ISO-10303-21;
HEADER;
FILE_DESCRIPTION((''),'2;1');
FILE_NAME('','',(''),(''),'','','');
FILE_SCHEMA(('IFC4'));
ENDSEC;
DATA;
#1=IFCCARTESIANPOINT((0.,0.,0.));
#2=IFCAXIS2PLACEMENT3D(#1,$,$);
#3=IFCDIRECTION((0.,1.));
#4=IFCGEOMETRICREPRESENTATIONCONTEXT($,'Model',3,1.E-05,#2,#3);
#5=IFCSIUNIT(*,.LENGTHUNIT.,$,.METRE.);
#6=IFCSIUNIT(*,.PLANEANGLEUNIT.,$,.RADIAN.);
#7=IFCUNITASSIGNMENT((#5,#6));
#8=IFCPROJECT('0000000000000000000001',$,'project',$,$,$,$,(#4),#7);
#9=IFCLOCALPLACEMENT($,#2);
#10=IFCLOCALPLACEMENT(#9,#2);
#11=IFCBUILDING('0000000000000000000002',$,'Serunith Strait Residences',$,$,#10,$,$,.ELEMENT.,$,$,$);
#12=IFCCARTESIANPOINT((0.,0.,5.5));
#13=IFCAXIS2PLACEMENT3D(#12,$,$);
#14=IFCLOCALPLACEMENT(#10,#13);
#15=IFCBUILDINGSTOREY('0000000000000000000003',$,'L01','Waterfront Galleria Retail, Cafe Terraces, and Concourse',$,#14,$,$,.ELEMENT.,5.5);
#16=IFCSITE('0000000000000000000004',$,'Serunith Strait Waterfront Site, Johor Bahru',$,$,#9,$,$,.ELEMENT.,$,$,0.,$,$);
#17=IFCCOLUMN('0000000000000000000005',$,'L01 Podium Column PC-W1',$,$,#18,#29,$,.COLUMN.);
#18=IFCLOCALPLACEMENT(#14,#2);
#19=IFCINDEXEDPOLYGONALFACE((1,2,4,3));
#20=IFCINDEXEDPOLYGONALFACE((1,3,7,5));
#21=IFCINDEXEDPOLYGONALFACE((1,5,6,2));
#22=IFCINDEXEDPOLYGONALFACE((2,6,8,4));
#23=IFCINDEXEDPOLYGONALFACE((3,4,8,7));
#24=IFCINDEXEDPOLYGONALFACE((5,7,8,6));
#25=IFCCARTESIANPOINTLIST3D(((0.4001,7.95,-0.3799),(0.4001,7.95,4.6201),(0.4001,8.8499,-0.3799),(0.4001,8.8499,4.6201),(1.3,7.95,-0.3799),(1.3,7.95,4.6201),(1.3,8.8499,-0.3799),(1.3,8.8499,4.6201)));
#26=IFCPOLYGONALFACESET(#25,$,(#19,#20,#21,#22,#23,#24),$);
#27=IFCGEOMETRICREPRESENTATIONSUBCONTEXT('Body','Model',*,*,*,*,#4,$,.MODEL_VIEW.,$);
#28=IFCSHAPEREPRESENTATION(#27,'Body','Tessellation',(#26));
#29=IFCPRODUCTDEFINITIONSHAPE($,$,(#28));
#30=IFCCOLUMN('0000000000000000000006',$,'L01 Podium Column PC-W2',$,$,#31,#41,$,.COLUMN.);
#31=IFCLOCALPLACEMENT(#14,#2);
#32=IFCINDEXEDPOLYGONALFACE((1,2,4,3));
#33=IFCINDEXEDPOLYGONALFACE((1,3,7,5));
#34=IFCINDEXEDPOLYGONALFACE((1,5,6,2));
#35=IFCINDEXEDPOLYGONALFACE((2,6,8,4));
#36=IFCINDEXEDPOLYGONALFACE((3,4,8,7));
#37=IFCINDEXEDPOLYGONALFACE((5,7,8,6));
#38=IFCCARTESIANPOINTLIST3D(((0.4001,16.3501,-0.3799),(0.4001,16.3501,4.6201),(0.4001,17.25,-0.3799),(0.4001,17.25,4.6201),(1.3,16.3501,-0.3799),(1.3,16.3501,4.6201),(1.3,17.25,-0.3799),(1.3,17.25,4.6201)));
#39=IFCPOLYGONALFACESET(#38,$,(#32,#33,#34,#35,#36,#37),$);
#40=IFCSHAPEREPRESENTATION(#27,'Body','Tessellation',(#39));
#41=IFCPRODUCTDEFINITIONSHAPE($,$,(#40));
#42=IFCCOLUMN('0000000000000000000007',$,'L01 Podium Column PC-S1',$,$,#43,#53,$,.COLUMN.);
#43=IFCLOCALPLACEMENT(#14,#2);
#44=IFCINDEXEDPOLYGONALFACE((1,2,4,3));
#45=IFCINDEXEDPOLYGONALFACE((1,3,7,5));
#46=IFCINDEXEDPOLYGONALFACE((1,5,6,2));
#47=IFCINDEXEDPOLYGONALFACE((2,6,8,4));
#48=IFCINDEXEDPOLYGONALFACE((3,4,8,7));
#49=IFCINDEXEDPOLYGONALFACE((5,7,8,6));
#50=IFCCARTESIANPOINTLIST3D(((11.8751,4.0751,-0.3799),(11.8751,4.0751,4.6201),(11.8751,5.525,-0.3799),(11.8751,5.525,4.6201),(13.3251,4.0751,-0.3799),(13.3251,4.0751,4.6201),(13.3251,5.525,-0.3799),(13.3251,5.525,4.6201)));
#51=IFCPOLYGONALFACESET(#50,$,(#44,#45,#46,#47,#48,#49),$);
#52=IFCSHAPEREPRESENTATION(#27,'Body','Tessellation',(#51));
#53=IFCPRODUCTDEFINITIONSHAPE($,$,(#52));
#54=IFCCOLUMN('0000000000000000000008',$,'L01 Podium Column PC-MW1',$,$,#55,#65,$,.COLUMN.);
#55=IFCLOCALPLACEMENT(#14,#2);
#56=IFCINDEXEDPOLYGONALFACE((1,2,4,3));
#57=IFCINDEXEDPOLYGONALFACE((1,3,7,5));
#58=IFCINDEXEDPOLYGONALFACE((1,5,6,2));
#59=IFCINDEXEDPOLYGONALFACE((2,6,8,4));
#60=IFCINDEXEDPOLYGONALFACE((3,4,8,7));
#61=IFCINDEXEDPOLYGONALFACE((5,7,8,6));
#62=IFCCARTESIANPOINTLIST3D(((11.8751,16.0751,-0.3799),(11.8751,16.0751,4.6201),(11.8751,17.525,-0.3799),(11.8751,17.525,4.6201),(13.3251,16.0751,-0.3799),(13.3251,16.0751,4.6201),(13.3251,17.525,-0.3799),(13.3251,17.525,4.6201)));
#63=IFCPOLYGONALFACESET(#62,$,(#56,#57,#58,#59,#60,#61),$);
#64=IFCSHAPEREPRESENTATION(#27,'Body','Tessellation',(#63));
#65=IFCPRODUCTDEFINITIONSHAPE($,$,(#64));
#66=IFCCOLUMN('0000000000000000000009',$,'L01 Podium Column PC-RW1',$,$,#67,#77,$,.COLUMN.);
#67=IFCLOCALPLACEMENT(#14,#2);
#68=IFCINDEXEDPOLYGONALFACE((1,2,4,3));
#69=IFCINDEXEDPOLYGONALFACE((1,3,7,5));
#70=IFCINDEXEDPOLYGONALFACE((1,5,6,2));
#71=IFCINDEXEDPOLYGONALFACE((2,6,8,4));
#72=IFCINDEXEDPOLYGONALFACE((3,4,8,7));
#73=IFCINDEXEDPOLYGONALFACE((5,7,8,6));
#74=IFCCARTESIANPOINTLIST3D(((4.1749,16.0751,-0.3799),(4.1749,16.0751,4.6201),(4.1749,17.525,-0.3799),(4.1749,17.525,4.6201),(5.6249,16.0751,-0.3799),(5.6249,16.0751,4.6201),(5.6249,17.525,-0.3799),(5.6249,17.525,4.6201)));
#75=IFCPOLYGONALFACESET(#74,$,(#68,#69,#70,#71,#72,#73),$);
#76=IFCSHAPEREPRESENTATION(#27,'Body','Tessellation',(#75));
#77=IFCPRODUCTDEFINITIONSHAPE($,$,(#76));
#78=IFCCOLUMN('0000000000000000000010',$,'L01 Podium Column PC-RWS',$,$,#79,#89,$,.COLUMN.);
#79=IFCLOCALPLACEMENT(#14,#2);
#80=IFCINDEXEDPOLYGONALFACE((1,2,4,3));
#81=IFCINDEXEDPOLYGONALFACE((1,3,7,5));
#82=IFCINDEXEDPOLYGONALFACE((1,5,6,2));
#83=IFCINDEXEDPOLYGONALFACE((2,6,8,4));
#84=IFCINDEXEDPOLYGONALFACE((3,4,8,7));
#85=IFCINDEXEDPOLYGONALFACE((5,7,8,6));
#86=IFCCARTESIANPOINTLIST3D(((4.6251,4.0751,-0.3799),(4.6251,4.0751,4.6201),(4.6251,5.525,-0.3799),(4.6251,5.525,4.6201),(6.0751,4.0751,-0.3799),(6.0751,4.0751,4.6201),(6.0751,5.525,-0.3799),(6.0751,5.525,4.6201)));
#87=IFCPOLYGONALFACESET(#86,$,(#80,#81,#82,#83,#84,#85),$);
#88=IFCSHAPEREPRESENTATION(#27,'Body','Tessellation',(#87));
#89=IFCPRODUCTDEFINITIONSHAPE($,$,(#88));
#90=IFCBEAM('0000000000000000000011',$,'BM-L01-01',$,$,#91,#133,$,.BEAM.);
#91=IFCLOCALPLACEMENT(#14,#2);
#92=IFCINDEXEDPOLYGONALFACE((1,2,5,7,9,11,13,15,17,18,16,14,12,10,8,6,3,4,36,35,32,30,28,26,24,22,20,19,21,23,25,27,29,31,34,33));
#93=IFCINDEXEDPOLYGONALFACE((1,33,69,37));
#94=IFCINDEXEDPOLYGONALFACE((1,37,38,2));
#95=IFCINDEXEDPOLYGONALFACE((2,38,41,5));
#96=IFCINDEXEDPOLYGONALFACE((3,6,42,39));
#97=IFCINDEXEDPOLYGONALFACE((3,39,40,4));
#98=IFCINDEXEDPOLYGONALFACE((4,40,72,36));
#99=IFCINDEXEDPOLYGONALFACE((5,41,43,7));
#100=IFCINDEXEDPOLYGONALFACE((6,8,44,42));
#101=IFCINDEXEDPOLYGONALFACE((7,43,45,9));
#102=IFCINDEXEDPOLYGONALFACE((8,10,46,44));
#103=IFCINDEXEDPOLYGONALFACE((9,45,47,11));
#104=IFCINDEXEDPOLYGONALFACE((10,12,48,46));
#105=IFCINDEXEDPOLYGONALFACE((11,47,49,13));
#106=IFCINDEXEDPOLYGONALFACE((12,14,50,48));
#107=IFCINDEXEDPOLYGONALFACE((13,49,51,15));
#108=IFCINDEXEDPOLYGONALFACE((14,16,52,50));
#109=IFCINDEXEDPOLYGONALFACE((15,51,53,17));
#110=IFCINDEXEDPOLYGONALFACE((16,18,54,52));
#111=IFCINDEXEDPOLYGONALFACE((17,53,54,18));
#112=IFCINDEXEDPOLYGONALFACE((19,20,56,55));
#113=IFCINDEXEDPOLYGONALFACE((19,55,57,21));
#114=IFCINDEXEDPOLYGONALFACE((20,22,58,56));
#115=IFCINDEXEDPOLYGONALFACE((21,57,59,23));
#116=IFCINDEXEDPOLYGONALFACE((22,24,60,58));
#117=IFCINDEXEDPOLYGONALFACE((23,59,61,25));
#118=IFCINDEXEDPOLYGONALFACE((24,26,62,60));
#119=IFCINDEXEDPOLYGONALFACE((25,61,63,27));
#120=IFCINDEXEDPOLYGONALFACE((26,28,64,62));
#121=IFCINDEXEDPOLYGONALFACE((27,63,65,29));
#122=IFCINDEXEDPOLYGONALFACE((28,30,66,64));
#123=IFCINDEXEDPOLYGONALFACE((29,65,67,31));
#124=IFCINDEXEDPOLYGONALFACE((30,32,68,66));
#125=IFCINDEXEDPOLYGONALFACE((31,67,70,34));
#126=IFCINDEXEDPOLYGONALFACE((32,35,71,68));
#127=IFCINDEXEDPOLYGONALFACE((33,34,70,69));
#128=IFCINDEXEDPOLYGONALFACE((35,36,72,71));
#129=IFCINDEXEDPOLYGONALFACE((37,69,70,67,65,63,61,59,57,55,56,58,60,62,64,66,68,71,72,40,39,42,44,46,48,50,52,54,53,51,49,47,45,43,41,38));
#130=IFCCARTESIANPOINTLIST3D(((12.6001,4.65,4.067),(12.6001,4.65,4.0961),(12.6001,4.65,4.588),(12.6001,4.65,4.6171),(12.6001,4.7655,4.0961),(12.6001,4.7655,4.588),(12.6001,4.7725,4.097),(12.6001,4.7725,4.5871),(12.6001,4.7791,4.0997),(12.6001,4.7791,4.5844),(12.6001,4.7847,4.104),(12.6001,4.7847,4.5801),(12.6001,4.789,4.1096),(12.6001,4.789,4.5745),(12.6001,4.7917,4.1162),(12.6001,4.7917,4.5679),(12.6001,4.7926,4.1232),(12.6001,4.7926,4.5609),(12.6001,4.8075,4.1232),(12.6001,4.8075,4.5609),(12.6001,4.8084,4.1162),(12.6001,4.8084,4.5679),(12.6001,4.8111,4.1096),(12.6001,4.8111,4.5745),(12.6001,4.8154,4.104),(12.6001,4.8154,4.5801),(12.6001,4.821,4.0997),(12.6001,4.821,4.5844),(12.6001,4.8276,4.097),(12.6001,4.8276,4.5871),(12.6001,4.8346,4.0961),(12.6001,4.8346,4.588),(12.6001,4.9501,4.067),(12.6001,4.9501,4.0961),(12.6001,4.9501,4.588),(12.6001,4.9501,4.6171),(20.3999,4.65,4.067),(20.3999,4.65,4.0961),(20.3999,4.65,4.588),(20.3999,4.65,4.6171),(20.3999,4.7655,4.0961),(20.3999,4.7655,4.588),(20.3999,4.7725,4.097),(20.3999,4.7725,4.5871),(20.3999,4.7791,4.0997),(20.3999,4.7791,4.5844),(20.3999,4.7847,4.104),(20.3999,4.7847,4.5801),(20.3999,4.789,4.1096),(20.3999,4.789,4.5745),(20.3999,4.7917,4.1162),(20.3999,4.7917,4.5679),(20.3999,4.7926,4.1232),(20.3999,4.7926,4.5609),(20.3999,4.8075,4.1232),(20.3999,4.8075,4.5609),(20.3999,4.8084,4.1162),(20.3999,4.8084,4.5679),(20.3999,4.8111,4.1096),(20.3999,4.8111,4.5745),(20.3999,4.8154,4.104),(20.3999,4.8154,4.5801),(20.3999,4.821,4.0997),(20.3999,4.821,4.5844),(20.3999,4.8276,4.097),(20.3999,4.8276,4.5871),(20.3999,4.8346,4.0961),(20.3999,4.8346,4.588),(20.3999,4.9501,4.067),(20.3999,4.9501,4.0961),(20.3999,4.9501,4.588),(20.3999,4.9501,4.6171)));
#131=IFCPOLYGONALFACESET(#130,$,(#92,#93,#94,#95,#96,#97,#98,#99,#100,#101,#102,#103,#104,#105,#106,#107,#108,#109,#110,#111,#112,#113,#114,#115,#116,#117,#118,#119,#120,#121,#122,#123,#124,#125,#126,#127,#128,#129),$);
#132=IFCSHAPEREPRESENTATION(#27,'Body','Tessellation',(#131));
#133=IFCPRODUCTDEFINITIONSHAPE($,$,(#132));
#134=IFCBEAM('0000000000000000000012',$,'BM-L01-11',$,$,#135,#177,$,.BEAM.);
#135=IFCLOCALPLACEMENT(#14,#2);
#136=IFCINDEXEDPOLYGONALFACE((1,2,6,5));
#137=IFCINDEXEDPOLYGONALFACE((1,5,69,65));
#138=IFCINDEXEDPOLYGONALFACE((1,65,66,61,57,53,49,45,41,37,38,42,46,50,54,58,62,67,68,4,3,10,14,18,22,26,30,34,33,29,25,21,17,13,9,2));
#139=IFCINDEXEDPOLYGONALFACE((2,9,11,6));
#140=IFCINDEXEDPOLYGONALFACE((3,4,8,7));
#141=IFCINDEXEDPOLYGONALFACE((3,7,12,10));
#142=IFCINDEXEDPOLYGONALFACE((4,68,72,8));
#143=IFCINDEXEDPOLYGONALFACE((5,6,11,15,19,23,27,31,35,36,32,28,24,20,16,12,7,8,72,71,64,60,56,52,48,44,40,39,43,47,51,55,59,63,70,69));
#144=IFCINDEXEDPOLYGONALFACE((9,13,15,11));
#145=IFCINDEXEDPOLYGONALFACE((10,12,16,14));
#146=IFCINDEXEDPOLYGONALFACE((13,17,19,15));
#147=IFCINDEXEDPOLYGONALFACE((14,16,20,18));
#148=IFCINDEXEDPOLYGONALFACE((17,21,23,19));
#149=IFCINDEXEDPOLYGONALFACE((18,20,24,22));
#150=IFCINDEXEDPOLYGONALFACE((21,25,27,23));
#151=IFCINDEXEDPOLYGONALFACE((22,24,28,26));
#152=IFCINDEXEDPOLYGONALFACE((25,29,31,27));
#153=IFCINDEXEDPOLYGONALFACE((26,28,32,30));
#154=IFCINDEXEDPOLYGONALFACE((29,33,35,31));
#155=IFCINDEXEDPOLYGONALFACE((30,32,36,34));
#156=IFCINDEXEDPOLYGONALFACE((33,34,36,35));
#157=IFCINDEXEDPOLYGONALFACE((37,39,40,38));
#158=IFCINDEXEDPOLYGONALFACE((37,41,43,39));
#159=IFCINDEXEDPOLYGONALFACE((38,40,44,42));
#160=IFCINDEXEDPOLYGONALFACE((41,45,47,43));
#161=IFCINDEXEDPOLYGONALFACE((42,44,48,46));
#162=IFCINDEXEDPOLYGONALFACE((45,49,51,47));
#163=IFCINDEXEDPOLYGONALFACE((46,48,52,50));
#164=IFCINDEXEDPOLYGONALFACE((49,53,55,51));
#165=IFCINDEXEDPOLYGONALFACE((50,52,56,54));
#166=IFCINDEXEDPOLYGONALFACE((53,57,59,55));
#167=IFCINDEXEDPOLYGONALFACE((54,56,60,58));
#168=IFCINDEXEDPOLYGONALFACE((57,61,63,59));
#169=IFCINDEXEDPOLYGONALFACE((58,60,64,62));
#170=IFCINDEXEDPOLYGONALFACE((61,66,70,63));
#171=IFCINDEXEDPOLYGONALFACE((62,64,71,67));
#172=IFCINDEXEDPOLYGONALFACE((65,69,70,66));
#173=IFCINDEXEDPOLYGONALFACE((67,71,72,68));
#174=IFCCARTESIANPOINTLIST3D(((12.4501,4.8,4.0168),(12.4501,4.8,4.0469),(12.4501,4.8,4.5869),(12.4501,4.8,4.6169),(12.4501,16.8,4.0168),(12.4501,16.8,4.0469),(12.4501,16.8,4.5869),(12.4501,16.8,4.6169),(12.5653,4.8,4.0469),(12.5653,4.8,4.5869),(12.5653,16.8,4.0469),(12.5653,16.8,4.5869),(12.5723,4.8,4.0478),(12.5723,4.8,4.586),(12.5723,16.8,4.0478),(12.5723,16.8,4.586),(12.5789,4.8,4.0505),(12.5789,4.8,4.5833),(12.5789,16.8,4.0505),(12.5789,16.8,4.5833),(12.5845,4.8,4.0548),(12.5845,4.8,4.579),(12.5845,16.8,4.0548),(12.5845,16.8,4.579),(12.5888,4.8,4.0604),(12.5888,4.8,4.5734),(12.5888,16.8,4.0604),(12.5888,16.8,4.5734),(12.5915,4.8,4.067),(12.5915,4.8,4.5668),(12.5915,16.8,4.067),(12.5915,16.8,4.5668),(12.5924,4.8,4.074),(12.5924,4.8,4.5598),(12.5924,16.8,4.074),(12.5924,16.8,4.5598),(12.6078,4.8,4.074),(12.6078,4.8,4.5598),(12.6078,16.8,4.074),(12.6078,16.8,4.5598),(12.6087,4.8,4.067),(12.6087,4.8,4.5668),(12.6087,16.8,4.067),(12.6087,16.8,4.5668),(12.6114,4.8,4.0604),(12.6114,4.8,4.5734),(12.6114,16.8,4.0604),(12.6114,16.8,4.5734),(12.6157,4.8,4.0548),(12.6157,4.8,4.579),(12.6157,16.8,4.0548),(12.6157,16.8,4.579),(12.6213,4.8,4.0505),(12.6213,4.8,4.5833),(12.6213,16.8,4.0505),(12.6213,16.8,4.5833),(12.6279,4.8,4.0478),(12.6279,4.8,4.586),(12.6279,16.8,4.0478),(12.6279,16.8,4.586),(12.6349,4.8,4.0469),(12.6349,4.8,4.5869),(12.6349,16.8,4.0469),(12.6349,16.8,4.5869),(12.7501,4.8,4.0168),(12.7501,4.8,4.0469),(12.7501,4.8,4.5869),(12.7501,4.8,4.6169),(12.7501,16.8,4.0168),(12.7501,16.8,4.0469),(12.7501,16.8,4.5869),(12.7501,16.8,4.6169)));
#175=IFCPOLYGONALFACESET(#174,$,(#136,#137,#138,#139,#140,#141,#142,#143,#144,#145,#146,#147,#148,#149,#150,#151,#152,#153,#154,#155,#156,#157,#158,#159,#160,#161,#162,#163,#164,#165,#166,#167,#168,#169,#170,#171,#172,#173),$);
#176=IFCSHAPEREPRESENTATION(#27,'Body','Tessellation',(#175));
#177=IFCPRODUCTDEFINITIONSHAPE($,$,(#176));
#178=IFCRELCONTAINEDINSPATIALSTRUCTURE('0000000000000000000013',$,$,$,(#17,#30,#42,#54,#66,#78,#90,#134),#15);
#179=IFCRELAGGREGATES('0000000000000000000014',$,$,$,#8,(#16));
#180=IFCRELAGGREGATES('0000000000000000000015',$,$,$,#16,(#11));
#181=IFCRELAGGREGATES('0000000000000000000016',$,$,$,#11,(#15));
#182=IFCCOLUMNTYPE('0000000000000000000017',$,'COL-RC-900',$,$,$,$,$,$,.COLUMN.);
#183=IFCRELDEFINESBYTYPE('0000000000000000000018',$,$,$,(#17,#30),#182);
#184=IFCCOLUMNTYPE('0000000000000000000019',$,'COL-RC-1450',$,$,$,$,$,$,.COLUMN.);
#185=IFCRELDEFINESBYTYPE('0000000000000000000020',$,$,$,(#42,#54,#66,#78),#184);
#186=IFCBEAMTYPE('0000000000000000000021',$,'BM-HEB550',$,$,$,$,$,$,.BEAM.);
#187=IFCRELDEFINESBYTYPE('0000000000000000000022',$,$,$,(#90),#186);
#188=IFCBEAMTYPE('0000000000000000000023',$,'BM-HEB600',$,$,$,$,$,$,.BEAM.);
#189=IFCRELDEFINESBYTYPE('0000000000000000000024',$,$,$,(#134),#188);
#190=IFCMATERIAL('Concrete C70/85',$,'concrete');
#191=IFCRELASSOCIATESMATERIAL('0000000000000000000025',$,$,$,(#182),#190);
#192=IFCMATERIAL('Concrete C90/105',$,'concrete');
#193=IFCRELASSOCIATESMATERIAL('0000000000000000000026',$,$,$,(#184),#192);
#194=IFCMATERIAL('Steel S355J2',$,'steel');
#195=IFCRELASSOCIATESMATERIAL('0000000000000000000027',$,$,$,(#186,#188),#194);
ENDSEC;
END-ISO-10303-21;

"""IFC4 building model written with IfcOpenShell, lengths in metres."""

from ifc_helpers import new_model, si_unit, direction, frame, origin, origin_2d, place, context, subcontext, project, spatial, rectangle, i_section, extrude, source, transform, mapped, material, material_profile, profile_set, type_object, element, save


model = new_model("IFC4")

# Units and contexts
model_context = context("Model", 3, precision=1e-05, world=origin(), true_north=direction((0.0, 1.0)))
body_context = subcontext(model_context, "Body", "Model", "MODEL_VIEW")
ifc_project = project(units=[si_unit("LENGTHUNIT", "METRE"), si_unit("PLANEANGLEUNIT", "RADIAN")], contexts=[model_context])

# Site, building, storey
site_placement = place(None, origin())
site = spatial("IfcSite", under=ifc_project, at=site_placement, Name="Serunith Strait Waterfront Site, Johor Bahru", CompositionType="ELEMENT", RefElevation=0.0)
building_placement = place(site_placement, origin())
building = spatial("IfcBuilding", under=site, at=building_placement, Name="Serunith Strait Residences", CompositionType="ELEMENT")
storey_placement = place(building_placement, frame((0.0, 0.0, 5.5)))
storey = spatial("IfcBuildingStorey", under=building, at=storey_placement, Name="L01", Description="Waterfront Galleria Retail, Cafe Terraces, and Concourse", CompositionType="ELEMENT", Elevation=5.5)

# Columns
ifc_material_1 = material(Name="Concrete C70/85", Category="concrete")
ifc_material_profile_1 = material_profile(ifc_material_1, rectangle(XDim=0.8999, YDim=0.8999, at=origin_2d()), Name="RC 900x900")
ifc_profile_set_1 = profile_set([ifc_material_profile_1], Name="Concrete C70/85")
column_type_1 = type_object("IfcColumnType", Name="COL-RC-900", PredefinedType="COLUMN", material=ifc_profile_set_1)
shared_shape_1 = source(origin(), body_context, "Body", "SweptSolid", [
    extrude(rectangle(XDim=0.8999, YDim=0.8999, at=origin_2d()), origin(), (0.0, 0.0, 1.0), 5.0),
])
for number, where, z_axis, x_axis, name in (
    (1, (0.8501, 8.3999, -0.3799), (0.0, 0.0, 1.0), (1.0, 0.0, 0.0), "L01 Podium Column PC-W1"),
    (2, (0.8501, 16.8, -0.3799), (0.0, 0.0, 1.0), (1.0, 0.0, 0.0), "L01 Podium Column PC-W2"),
):
    element("IfcColumn", number, at=place(storey_placement, frame(where, z_axis=z_axis, x_axis=x_axis)), inside=storey, type_object=column_type_1, Name=name, PredefinedType="COLUMN", context=body_context, shape_type="MappedRepresentation", body=[
        mapped(shared_shape_1, transform((0.0, 0.0, 0.0), scale=1.0)),
    ])
ifc_material_2 = material(Name="Concrete C90/105", Category="concrete")
ifc_material_profile_2 = material_profile(ifc_material_2, rectangle(XDim=1.45, YDim=1.45, at=origin_2d()), Name="RC 1450x1450")
ifc_profile_set_2 = profile_set([ifc_material_profile_2], Name="Concrete C90/105")
column_type_2 = type_object("IfcColumnType", Name="COL-RC-1450", PredefinedType="COLUMN", material=ifc_profile_set_2)
shared_shape_2 = source(origin(), body_context, "Body", "SweptSolid", [
    extrude(rectangle(XDim=1.45, YDim=1.45, at=origin_2d()), origin(), (0.0, 0.0, 1.0), 5.0),
])
for number, where, z_axis, x_axis, name in (
    (3, (12.6001, 4.8, -0.3799), (0.0, 0.0, 1.0), (1.0, 0.0, 0.0), "L01 Podium Column PC-S1"),
    (4, (12.6001, 16.8, -0.3799), (0.0, 0.0, 1.0), (1.0, 0.0, 0.0), "L01 Podium Column PC-MW1"),
    (5, (4.8999, 16.8, -0.3799), (0.0, 0.0, 1.0), (1.0, 0.0, 0.0), "L01 Podium Column PC-RW1"),
    (6, (5.3501, 4.8, -0.3799), (0.0, 0.0, 1.0), (1.0, 0.0, 0.0), "L01 Podium Column PC-RWS"),
):
    element("IfcColumn", number, at=place(storey_placement, frame(where, z_axis=z_axis, x_axis=x_axis)), inside=storey, type_object=column_type_2, Name=name, PredefinedType="COLUMN", context=body_context, shape_type="MappedRepresentation", body=[
        mapped(shared_shape_2, transform((0.0, 0.0, 0.0), scale=1.0)),
    ])

# Beams
ifc_material_3 = material(Name="Steel S355J2", Category="steel")
ifc_material_profile_3 = material_profile(ifc_material_3, i_section(OverallWidth=0.3, OverallDepth=0.55, WebThickness=0.0149, FlangeThickness=0.0291, FilletRadius=0.0271, at=origin_2d()), Name="HEB 550")
ifc_profile_set_3 = profile_set([ifc_material_profile_3], Name="Steel S355J2")
beam_type_1 = type_object("IfcBeamType", Name="BM-HEB550", PredefinedType="BEAM", material=ifc_profile_set_3)
shared_shape_3 = source(origin(), body_context, "Body", "SweptSolid", [
    extrude(i_section(OverallWidth=0.3, OverallDepth=0.55, WebThickness=0.0149, FlangeThickness=0.0291, FilletRadius=0.0271, at=origin_2d()), origin(), (0.0, 0.0, 1.0), 7.7998),
])
beam_1_placement = place(storey_placement, frame((12.6001, 4.8, 4.342), z_axis=(1.0, 0.0, 0.0), x_axis=(0.0, 1.0, 0.0)))
element("IfcBeam", 7, at=beam_1_placement, inside=storey, type_object=beam_type_1, Name="BM-L01-01", PredefinedType="BEAM", context=body_context, shape_type="MappedRepresentation", body=[
    mapped(shared_shape_3, transform((0.0, 0.0, 0.0), scale=1.0)),
])
ifc_material_profile_4 = material_profile(ifc_material_3, i_section(OverallWidth=0.3, OverallDepth=0.6001, WebThickness=0.0154, FlangeThickness=0.03, FilletRadius=0.0271, at=origin_2d()), Name="HEB 600")
ifc_profile_set_4 = profile_set([ifc_material_profile_4], Name="Steel S355J2")
beam_type_2 = type_object("IfcBeamType", Name="BM-HEB600", PredefinedType="BEAM", material=ifc_profile_set_4)
shared_shape_4 = source(origin(), body_context, "Body", "SweptSolid", [
    extrude(i_section(OverallWidth=0.3, OverallDepth=0.6001, WebThickness=0.0154, FlangeThickness=0.03, FilletRadius=0.0271, at=origin_2d()), origin(), (0.0, 0.0, 1.0), 12.0),
])
beam_2_placement = place(storey_placement, frame((12.6001, 4.8, 4.3169), z_axis=(0.0, 1.0, 0.0), x_axis=(-1.0, 0.0, 0.0)))
element("IfcBeam", 8, at=beam_2_placement, inside=storey, type_object=beam_type_2, Name="BM-L01-11", PredefinedType="BEAM", context=body_context, shape_type="MappedRepresentation", body=[
    mapped(shared_shape_4, transform((0.0, 0.0, 0.0), scale=1.0)),
])

save(model, "model.ifc")
